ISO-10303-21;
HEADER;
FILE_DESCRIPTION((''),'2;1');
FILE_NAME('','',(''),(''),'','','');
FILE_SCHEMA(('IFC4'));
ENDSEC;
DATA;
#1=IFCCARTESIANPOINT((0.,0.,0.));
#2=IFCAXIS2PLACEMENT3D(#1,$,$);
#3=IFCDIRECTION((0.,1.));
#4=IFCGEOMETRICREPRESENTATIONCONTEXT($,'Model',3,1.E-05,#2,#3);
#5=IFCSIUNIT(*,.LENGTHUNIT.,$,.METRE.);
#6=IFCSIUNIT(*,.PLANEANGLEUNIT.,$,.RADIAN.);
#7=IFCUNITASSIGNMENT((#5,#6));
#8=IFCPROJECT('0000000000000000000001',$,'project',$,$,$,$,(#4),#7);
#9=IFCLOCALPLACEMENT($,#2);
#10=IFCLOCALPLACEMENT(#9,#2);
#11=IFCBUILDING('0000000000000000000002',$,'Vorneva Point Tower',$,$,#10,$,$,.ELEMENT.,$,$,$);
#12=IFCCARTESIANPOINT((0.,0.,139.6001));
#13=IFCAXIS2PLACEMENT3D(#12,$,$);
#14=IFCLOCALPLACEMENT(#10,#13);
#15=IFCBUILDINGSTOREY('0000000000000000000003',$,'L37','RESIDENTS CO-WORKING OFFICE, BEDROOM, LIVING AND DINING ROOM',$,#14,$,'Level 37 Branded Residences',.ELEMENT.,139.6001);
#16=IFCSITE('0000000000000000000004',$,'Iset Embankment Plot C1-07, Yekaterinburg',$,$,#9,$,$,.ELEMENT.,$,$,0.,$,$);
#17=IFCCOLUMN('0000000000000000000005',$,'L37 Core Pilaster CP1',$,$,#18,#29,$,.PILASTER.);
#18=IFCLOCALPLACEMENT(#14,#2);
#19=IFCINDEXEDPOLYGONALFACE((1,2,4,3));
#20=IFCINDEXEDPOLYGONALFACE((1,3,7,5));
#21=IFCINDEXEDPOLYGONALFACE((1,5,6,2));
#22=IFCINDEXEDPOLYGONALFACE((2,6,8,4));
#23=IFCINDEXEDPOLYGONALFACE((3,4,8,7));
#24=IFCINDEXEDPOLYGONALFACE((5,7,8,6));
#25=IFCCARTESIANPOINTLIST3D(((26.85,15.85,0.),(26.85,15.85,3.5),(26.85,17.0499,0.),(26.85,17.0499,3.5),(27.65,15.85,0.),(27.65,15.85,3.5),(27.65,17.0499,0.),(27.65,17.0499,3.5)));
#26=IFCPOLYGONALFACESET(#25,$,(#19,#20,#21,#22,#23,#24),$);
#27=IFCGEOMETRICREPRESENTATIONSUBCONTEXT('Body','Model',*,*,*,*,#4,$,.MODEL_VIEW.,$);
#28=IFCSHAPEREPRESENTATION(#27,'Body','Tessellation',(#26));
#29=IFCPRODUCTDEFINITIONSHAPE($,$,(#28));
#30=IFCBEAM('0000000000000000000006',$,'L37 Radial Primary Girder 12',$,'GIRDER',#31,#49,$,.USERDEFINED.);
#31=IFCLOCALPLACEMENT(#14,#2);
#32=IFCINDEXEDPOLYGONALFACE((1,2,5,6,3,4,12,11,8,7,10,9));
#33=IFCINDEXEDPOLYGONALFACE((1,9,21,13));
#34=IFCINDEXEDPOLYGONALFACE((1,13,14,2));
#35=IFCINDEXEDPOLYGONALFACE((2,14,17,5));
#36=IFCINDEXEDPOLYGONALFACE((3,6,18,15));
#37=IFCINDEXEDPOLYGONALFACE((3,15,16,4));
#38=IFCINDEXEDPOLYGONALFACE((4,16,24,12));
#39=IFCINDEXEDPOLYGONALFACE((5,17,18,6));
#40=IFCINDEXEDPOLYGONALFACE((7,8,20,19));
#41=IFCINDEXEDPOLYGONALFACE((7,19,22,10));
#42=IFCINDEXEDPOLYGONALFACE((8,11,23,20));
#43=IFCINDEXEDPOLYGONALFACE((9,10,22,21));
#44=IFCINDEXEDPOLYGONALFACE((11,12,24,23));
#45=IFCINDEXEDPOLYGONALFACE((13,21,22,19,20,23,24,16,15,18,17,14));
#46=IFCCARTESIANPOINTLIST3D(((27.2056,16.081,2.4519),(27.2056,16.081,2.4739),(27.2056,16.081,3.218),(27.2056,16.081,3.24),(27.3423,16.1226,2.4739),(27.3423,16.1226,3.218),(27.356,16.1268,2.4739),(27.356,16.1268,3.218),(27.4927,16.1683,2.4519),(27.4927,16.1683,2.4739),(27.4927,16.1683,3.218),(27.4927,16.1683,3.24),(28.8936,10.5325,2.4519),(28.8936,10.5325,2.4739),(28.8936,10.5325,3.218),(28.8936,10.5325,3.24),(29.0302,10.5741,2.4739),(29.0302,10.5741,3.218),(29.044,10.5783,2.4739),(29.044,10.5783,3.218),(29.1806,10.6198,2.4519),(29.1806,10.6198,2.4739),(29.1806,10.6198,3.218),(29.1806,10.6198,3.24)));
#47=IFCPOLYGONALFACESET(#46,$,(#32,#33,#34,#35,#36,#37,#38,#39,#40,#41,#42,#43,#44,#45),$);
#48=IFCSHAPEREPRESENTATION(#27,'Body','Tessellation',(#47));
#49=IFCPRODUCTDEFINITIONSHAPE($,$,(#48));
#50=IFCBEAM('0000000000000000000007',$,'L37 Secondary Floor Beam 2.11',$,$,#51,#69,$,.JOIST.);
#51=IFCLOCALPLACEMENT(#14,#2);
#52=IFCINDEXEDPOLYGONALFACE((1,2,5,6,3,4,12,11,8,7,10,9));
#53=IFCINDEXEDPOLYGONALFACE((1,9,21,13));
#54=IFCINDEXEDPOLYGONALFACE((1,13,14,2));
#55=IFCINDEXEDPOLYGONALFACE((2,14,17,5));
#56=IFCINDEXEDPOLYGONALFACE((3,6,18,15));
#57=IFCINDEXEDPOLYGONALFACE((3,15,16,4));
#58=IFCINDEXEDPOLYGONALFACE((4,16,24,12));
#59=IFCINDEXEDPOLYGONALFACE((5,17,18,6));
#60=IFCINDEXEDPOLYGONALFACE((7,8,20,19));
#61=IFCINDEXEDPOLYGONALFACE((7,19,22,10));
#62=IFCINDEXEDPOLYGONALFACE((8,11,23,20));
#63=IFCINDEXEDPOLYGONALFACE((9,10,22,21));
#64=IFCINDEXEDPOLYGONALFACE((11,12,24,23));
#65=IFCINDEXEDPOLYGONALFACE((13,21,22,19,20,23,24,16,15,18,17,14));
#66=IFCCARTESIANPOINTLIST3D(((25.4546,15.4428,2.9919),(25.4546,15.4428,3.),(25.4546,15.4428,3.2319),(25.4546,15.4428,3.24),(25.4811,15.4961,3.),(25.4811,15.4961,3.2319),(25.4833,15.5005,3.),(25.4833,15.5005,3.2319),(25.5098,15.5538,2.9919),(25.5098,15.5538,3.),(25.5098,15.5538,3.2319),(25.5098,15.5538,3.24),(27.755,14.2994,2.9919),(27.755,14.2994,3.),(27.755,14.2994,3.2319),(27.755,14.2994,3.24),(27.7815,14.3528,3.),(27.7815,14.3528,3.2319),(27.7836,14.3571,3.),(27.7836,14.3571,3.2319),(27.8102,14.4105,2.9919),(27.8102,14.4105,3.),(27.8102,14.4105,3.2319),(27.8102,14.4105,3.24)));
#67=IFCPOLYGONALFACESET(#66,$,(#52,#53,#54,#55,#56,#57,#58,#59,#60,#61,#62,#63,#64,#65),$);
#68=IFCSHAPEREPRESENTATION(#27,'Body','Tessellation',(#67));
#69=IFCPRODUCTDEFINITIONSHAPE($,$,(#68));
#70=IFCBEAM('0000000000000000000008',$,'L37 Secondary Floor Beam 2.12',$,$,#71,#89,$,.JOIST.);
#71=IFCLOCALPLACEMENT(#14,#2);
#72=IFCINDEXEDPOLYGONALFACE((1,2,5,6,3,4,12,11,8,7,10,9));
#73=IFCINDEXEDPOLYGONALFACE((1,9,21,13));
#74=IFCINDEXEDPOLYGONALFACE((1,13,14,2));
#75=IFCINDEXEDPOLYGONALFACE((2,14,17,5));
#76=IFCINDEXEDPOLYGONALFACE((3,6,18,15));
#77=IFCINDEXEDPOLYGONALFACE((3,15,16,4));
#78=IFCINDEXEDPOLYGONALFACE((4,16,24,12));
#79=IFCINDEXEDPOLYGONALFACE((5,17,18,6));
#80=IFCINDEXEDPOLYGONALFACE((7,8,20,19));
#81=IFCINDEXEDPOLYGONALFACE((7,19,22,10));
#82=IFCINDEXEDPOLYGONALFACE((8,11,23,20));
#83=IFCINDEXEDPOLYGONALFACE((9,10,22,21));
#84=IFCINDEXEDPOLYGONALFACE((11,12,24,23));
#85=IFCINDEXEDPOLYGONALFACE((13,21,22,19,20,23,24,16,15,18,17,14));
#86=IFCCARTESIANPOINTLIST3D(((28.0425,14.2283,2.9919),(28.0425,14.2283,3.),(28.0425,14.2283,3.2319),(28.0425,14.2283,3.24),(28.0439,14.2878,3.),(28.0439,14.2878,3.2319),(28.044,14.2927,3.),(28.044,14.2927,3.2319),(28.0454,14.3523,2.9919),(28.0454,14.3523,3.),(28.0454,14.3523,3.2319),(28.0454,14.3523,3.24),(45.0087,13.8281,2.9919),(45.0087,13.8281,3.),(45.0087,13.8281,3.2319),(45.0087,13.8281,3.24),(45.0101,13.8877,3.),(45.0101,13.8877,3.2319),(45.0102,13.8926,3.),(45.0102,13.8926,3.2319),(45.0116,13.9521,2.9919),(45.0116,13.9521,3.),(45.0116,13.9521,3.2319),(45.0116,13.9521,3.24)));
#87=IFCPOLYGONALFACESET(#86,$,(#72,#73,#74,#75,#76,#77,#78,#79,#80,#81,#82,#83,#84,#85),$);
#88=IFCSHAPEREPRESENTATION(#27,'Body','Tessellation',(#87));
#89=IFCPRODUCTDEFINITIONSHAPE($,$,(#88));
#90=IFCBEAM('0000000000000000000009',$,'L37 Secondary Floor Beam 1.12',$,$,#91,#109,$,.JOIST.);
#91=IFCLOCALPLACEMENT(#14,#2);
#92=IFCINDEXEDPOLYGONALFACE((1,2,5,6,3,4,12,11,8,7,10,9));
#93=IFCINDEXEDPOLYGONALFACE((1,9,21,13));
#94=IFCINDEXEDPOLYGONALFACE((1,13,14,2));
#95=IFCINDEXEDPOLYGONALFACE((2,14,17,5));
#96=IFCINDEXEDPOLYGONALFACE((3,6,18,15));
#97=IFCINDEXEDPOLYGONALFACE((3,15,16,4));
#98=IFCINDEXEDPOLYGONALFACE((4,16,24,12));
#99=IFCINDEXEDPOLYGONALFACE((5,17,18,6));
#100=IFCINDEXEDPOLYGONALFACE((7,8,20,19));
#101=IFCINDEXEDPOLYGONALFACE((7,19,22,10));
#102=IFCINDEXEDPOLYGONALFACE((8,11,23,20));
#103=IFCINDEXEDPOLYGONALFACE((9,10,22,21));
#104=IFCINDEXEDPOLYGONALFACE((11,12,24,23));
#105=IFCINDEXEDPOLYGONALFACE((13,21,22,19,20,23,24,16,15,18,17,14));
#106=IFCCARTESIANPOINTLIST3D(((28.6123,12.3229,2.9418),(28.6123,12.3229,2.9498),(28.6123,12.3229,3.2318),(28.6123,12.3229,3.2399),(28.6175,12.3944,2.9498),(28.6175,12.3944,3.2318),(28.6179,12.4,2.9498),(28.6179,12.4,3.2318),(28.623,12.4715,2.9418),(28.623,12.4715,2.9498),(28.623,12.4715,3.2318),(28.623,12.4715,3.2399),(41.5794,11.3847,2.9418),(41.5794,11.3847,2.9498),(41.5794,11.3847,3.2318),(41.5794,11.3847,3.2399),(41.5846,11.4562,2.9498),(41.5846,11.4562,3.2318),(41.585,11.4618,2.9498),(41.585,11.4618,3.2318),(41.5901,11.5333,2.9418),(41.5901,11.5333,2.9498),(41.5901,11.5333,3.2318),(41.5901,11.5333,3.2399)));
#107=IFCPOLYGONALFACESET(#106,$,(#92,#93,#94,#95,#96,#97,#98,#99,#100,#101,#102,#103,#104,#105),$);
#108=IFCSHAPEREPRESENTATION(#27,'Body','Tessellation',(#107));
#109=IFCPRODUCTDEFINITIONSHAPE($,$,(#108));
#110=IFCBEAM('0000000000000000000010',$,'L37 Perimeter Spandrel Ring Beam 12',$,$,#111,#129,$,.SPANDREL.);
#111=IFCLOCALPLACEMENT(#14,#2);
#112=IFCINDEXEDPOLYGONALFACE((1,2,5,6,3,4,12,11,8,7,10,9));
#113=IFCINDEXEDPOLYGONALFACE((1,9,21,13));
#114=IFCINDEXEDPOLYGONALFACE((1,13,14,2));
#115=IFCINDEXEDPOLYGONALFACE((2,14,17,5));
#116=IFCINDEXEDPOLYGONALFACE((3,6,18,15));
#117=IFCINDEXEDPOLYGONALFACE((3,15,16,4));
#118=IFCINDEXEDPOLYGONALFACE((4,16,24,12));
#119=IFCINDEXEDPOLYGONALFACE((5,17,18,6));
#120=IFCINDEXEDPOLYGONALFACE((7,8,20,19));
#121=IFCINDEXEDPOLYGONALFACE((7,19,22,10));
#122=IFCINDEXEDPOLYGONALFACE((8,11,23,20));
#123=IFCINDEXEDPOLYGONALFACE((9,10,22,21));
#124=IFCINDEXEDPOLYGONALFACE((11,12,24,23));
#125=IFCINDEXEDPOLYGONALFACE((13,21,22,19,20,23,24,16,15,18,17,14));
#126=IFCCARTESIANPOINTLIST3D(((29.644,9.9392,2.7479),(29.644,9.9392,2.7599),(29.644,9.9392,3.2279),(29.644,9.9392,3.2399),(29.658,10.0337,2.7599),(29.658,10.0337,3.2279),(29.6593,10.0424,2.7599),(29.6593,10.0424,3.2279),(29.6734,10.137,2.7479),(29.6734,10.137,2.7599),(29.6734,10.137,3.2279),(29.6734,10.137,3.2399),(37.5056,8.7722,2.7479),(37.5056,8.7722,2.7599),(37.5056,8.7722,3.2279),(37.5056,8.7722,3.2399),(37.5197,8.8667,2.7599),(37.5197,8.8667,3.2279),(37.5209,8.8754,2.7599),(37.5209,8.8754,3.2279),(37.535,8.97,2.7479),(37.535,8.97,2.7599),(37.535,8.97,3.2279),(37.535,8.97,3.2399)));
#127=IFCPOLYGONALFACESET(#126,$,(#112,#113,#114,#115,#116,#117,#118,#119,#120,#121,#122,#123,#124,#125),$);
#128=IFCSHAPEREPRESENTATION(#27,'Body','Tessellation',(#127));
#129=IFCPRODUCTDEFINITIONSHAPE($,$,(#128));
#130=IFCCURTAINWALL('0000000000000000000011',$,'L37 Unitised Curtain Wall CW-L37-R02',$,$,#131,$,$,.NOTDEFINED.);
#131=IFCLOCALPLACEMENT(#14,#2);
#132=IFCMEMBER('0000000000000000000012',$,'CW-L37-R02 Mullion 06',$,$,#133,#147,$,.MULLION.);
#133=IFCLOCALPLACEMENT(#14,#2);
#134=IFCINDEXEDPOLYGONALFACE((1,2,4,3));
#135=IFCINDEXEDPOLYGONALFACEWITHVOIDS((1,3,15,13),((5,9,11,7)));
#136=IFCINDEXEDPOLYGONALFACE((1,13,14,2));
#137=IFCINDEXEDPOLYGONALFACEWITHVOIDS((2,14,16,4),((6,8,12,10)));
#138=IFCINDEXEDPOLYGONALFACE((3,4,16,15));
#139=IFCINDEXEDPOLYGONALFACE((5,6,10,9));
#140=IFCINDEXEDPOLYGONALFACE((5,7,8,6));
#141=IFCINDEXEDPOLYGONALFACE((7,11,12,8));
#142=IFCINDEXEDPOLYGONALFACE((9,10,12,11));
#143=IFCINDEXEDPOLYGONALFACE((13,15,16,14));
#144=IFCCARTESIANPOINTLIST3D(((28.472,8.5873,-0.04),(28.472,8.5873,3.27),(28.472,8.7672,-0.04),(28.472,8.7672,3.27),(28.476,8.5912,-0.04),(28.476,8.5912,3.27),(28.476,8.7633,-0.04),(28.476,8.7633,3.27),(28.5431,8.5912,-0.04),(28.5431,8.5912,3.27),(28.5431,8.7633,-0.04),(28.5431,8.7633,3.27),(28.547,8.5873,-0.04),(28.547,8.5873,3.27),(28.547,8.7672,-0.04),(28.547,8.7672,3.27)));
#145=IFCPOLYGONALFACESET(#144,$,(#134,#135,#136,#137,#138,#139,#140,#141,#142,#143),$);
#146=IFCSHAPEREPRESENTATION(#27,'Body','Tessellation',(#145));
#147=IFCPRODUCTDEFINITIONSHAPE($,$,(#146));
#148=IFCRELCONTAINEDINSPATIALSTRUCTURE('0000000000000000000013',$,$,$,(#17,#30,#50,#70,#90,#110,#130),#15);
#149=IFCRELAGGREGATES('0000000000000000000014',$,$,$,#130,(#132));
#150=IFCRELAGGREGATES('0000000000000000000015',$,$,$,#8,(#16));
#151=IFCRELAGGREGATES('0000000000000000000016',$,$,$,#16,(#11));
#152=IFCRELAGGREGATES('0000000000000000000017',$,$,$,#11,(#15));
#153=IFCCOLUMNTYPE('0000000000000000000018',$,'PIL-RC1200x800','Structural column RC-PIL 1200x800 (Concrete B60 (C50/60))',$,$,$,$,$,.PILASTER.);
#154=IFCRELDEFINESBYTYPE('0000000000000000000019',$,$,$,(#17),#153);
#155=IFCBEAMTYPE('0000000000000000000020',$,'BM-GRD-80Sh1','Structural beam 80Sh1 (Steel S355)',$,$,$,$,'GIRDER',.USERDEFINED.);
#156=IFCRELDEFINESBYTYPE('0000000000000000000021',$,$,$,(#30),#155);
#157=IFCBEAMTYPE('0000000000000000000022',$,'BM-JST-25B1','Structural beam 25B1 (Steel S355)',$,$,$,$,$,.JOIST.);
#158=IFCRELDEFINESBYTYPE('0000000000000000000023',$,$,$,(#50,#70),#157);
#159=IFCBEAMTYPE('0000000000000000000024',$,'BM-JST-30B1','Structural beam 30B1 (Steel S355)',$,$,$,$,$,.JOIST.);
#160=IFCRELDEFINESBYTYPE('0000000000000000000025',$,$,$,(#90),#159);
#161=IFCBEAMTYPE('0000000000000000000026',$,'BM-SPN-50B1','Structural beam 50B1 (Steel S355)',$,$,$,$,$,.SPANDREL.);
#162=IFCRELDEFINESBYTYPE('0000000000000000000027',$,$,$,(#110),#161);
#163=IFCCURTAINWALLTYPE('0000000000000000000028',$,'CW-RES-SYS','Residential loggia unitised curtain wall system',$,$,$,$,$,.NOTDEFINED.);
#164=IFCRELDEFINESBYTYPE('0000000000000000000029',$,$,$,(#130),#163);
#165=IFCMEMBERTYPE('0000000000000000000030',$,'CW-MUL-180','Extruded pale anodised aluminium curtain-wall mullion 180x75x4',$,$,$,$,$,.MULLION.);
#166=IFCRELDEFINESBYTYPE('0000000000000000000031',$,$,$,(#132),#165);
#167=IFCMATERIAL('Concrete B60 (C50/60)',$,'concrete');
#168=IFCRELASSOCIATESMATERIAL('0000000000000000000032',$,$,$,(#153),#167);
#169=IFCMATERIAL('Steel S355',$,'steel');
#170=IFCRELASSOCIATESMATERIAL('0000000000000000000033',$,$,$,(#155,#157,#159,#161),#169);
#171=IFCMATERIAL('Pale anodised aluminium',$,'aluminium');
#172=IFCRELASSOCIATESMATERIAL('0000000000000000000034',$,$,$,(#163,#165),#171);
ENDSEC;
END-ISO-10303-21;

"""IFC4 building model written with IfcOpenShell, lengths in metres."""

from ifc_helpers import new_model, si_unit, direction, frame, origin, origin_2d, place, context, subcontext, project, spatial, rectangle, hollow_rectangle, i_section, extrude, material, material_profile, profile_set, type_object, element, aggregate, save


model = new_model("IFC4")

# Units and contexts
model_context = context("Model", 3, precision=1e-05, world=origin(), true_north=direction((0.0, 1.0)))
body_context = subcontext(model_context, "Body", "Model", "MODEL_VIEW")
ifc_project = project(units=[si_unit("LENGTHUNIT", "METRE"), si_unit("PLANEANGLEUNIT", "RADIAN")], contexts=[model_context])

# Site, building, storey
site_placement = place(None, origin())
site = spatial("IfcSite", under=ifc_project, at=site_placement, Name="Iset Embankment Plot C1-07, Yekaterinburg", CompositionType="ELEMENT", RefElevation=0.0)
building_placement = place(site_placement, origin())
building = spatial("IfcBuilding", under=site, at=building_placement, Name="Vorneva Point Tower", CompositionType="ELEMENT")
storey_placement = place(building_placement, frame((0.0, 0.0, 139.6001)))
storey = spatial("IfcBuildingStorey", under=building, at=storey_placement, Name="L37", Description="RESIDENTS CO-WORKING OFFICE, BEDROOM, LIVING AND DINING ROOM", LongName="Level 37 Branded Residences", CompositionType="ELEMENT", Elevation=139.6001)

# Column
ifc_material_1 = material(Name="Concrete B60 (C50/60)", Category="concrete")
ifc_material_profile_1 = material_profile(ifc_material_1, rectangle(XDim=0.8, YDim=1.2, at=origin_2d()), Name="RC-PIL 1200x800")
ifc_profile_set_1 = profile_set([ifc_material_profile_1], Name="Concrete B60 (C50/60)")
column_type_1 = type_object("IfcColumnType", Name="PIL-RC1200x800", Description="Structural column RC-PIL 1200x800 (Concrete B60 (C50/60))", PredefinedType="PILASTER", material=ifc_profile_set_1)
column_1_placement = place(storey_placement, frame((27.25, 16.45, 0.0), z_axis=(0.0, 0.0, 1.0), x_axis=(1.0, 0.0, 0.0)))
element("IfcColumn", 1, at=column_1_placement, inside=storey, type_object=column_type_1, Name="L37 Core Pilaster CP1", PredefinedType="PILASTER", context=body_context, shape_type="SweptSolid", body=[
    extrude(rectangle(XDim=0.8, YDim=1.2, at=origin_2d()), origin(), (0.0, 0.0, 1.0), 3.5),
])

# Beams
ifc_material_2 = material(Name="Steel S355", Category="steel")
ifc_material_profile_2 = material_profile(ifc_material_2, i_section(OverallWidth=0.3, OverallDepth=0.7881, WebThickness=0.0144, FlangeThickness=0.022, at=origin_2d()), Name="80Sh1")
ifc_profile_set_2 = profile_set([ifc_material_profile_2], Name="Steel S355")
beam_type_1 = type_object("IfcBeamType", Name="BM-GRD-80Sh1", Description="Structural beam 80Sh1 (Steel S355)", ElementType="GIRDER", PredefinedType="USERDEFINED", material=ifc_profile_set_2)
beam_1_placement = place(storey_placement, frame((29.0371, 10.5762, 2.8459), z_axis=(-0.291049, 0.956708, 0.0), x_axis=(-0.956708, -0.291049, 0.0)))
element("IfcBeam", 2, at=beam_1_placement, inside=storey, type_object=beam_type_1, Name="L37 Radial Primary Girder 12", ObjectType="GIRDER", PredefinedType="USERDEFINED", context=body_context, shape_type="SweptSolid", body=[
    extrude(i_section(OverallWidth=0.3, OverallDepth=0.7881, WebThickness=0.0144, FlangeThickness=0.022, at=origin_2d()), origin(), (0.0, 0.0, 1.0), 5.7996),
])
ifc_material_profile_3 = material_profile(ifc_material_2, i_section(OverallWidth=0.124, OverallDepth=0.248, WebThickness=0.0049, FlangeThickness=0.0081, at=origin_2d()), Name="25B1")
ifc_profile_set_3 = profile_set([ifc_material_profile_3], Name="Steel S355")
beam_type_2 = type_object("IfcBeamType", Name="BM-JST-25B1", Description="Structural beam 25B1 (Steel S355)", PredefinedType="JOIST", material=ifc_profile_set_3)
beam_2_placement = place(storey_placement, frame((25.4822, 15.4983, 3.116), z_axis=(0.895489, -0.445083, 0.0), x_axis=(0.445083, 0.895489, 0.0)))
element("IfcBeam", 3, at=beam_2_placement, inside=storey, type_object=beam_type_2, Name="L37 Secondary Floor Beam 2.11", PredefinedType="JOIST", context=body_context, shape_type="SweptSolid", body=[
    extrude(i_section(OverallWidth=0.124, OverallDepth=0.248, WebThickness=0.0049, FlangeThickness=0.0081, at=origin_2d()), origin(), (0.0, 0.0, 1.0), 2.5688),
])
beam_3_placement = place(storey_placement, frame((28.0439, 14.2903, 3.116), z_axis=(0.999722, -0.023578, 0.0), x_axis=(0.023578, 0.999722, 0.0)))
element("IfcBeam", 4, at=beam_3_placement, inside=storey, type_object=beam_type_2, Name="L37 Secondary Floor Beam 2.12", PredefinedType="JOIST", context=body_context, shape_type="SweptSolid", body=[
    extrude(i_section(OverallWidth=0.124, OverallDepth=0.248, WebThickness=0.0049, FlangeThickness=0.0081, at=origin_2d()), origin(), (0.0, 0.0, 1.0), 16.9709),
])
ifc_material_profile_4 = material_profile(ifc_material_2, i_section(OverallWidth=0.1489, OverallDepth=0.2981, WebThickness=0.0056, FlangeThickness=0.0081, at=origin_2d()), Name="30B1")
ifc_profile_set_4 = profile_set([ifc_material_profile_4], Name="Steel S355")
beam_type_3 = type_object("IfcBeamType", Name="BM-JST-30B1", Description="Structural beam 30B1 (Steel S355)", PredefinedType="JOIST", material=ifc_profile_set_4)
beam_4_placement = place(storey_placement, frame((28.6177, 12.3972, 3.0908), z_axis=(0.997393, -0.072167, 0.0), x_axis=(0.072167, 0.997393, 0.0)))
element("IfcBeam", 5, at=beam_4_placement, inside=storey, type_object=beam_type_3, Name="L37 Secondary Floor Beam 1.12", PredefinedType="JOIST", context=body_context, shape_type="SweptSolid", body=[
    extrude(i_section(OverallWidth=0.1489, OverallDepth=0.2981, WebThickness=0.0056, FlangeThickness=0.0081, at=origin_2d()), origin(), (0.0, 0.0, 1.0), 13.001),
])
ifc_material_profile_5 = material_profile(ifc_material_2, i_section(OverallWidth=0.2, OverallDepth=0.4919, WebThickness=0.0088, FlangeThickness=0.012, at=origin_2d()), Name="50B1")
ifc_profile_set_5 = profile_set([ifc_material_profile_5], Name="Steel S355")
beam_type_4 = type_object("IfcBeamType", Name="BM-SPN-50B1", Description="Structural beam 50B1 (Steel S355)", PredefinedType="SPANDREL", material=ifc_profile_set_5)
beam_5_placement = place(storey_placement, frame((29.6587, 10.0381, 2.9939), z_axis=(0.989161, -0.146834, 0.0), x_axis=(0.146834, 0.989161, 0.0)))
element("IfcBeam", 6, at=beam_5_placement, inside=storey, type_object=beam_type_4, Name="L37 Perimeter Spandrel Ring Beam 12", PredefinedType="SPANDREL", context=body_context, shape_type="SweptSolid", body=[
    extrude(i_section(OverallWidth=0.2, OverallDepth=0.4919, WebThickness=0.0088, FlangeThickness=0.012, at=origin_2d()), origin(), (0.0, 0.0, 1.0), 7.9478),
])

# Curtain wall, member
ifc_material_3 = material(Name="Pale anodised aluminium", Category="aluminium")
curtain_wall_type = type_object("IfcCurtainWallType", Name="CW-RES-SYS", Description="Residential loggia unitised curtain wall system", PredefinedType="NOTDEFINED", material=ifc_material_3)
curtain_wall_placement = place(storey_placement, origin())
curtain_wall = element("IfcCurtainWall", 7, at=curtain_wall_placement, inside=storey, type_object=curtain_wall_type, Name="L37 Unitised Curtain Wall CW-L37-R02", PredefinedType="NOTDEFINED")
ifc_material_profile_6 = material_profile(ifc_material_3, hollow_rectangle(XDim=0.075, YDim=0.1799, WallThickness=0.0039, at=origin_2d()), Name="AL-MUL 180x75x4")
ifc_profile_set_6 = profile_set([ifc_material_profile_6], Name="Pale anodised aluminium")
member_type = type_object("IfcMemberType", Name="CW-MUL-180", Description="Extruded pale anodised aluminium curtain-wall mullion 180x75x4", PredefinedType="MULLION", material=ifc_profile_set_6)
member_placement = place(storey_placement, frame((28.5095, 8.6772, -0.04), z_axis=(0.0, 0.0, 1.0), x_axis=(1.0, 0.0, 0.0)))
member = element("IfcMember", 8, at=member_placement, type_object=member_type, Name="CW-L37-R02 Mullion 06", PredefinedType="MULLION", context=body_context, shape_type="SweptSolid", body=[
    extrude(hollow_rectangle(XDim=0.075, YDim=0.1799, WallThickness=0.0039, at=origin_2d()), origin(), (0.0, 0.0, 1.0), 3.3101),
])
aggregate(curtain_wall, [member])

save(model, "model.ifc")
